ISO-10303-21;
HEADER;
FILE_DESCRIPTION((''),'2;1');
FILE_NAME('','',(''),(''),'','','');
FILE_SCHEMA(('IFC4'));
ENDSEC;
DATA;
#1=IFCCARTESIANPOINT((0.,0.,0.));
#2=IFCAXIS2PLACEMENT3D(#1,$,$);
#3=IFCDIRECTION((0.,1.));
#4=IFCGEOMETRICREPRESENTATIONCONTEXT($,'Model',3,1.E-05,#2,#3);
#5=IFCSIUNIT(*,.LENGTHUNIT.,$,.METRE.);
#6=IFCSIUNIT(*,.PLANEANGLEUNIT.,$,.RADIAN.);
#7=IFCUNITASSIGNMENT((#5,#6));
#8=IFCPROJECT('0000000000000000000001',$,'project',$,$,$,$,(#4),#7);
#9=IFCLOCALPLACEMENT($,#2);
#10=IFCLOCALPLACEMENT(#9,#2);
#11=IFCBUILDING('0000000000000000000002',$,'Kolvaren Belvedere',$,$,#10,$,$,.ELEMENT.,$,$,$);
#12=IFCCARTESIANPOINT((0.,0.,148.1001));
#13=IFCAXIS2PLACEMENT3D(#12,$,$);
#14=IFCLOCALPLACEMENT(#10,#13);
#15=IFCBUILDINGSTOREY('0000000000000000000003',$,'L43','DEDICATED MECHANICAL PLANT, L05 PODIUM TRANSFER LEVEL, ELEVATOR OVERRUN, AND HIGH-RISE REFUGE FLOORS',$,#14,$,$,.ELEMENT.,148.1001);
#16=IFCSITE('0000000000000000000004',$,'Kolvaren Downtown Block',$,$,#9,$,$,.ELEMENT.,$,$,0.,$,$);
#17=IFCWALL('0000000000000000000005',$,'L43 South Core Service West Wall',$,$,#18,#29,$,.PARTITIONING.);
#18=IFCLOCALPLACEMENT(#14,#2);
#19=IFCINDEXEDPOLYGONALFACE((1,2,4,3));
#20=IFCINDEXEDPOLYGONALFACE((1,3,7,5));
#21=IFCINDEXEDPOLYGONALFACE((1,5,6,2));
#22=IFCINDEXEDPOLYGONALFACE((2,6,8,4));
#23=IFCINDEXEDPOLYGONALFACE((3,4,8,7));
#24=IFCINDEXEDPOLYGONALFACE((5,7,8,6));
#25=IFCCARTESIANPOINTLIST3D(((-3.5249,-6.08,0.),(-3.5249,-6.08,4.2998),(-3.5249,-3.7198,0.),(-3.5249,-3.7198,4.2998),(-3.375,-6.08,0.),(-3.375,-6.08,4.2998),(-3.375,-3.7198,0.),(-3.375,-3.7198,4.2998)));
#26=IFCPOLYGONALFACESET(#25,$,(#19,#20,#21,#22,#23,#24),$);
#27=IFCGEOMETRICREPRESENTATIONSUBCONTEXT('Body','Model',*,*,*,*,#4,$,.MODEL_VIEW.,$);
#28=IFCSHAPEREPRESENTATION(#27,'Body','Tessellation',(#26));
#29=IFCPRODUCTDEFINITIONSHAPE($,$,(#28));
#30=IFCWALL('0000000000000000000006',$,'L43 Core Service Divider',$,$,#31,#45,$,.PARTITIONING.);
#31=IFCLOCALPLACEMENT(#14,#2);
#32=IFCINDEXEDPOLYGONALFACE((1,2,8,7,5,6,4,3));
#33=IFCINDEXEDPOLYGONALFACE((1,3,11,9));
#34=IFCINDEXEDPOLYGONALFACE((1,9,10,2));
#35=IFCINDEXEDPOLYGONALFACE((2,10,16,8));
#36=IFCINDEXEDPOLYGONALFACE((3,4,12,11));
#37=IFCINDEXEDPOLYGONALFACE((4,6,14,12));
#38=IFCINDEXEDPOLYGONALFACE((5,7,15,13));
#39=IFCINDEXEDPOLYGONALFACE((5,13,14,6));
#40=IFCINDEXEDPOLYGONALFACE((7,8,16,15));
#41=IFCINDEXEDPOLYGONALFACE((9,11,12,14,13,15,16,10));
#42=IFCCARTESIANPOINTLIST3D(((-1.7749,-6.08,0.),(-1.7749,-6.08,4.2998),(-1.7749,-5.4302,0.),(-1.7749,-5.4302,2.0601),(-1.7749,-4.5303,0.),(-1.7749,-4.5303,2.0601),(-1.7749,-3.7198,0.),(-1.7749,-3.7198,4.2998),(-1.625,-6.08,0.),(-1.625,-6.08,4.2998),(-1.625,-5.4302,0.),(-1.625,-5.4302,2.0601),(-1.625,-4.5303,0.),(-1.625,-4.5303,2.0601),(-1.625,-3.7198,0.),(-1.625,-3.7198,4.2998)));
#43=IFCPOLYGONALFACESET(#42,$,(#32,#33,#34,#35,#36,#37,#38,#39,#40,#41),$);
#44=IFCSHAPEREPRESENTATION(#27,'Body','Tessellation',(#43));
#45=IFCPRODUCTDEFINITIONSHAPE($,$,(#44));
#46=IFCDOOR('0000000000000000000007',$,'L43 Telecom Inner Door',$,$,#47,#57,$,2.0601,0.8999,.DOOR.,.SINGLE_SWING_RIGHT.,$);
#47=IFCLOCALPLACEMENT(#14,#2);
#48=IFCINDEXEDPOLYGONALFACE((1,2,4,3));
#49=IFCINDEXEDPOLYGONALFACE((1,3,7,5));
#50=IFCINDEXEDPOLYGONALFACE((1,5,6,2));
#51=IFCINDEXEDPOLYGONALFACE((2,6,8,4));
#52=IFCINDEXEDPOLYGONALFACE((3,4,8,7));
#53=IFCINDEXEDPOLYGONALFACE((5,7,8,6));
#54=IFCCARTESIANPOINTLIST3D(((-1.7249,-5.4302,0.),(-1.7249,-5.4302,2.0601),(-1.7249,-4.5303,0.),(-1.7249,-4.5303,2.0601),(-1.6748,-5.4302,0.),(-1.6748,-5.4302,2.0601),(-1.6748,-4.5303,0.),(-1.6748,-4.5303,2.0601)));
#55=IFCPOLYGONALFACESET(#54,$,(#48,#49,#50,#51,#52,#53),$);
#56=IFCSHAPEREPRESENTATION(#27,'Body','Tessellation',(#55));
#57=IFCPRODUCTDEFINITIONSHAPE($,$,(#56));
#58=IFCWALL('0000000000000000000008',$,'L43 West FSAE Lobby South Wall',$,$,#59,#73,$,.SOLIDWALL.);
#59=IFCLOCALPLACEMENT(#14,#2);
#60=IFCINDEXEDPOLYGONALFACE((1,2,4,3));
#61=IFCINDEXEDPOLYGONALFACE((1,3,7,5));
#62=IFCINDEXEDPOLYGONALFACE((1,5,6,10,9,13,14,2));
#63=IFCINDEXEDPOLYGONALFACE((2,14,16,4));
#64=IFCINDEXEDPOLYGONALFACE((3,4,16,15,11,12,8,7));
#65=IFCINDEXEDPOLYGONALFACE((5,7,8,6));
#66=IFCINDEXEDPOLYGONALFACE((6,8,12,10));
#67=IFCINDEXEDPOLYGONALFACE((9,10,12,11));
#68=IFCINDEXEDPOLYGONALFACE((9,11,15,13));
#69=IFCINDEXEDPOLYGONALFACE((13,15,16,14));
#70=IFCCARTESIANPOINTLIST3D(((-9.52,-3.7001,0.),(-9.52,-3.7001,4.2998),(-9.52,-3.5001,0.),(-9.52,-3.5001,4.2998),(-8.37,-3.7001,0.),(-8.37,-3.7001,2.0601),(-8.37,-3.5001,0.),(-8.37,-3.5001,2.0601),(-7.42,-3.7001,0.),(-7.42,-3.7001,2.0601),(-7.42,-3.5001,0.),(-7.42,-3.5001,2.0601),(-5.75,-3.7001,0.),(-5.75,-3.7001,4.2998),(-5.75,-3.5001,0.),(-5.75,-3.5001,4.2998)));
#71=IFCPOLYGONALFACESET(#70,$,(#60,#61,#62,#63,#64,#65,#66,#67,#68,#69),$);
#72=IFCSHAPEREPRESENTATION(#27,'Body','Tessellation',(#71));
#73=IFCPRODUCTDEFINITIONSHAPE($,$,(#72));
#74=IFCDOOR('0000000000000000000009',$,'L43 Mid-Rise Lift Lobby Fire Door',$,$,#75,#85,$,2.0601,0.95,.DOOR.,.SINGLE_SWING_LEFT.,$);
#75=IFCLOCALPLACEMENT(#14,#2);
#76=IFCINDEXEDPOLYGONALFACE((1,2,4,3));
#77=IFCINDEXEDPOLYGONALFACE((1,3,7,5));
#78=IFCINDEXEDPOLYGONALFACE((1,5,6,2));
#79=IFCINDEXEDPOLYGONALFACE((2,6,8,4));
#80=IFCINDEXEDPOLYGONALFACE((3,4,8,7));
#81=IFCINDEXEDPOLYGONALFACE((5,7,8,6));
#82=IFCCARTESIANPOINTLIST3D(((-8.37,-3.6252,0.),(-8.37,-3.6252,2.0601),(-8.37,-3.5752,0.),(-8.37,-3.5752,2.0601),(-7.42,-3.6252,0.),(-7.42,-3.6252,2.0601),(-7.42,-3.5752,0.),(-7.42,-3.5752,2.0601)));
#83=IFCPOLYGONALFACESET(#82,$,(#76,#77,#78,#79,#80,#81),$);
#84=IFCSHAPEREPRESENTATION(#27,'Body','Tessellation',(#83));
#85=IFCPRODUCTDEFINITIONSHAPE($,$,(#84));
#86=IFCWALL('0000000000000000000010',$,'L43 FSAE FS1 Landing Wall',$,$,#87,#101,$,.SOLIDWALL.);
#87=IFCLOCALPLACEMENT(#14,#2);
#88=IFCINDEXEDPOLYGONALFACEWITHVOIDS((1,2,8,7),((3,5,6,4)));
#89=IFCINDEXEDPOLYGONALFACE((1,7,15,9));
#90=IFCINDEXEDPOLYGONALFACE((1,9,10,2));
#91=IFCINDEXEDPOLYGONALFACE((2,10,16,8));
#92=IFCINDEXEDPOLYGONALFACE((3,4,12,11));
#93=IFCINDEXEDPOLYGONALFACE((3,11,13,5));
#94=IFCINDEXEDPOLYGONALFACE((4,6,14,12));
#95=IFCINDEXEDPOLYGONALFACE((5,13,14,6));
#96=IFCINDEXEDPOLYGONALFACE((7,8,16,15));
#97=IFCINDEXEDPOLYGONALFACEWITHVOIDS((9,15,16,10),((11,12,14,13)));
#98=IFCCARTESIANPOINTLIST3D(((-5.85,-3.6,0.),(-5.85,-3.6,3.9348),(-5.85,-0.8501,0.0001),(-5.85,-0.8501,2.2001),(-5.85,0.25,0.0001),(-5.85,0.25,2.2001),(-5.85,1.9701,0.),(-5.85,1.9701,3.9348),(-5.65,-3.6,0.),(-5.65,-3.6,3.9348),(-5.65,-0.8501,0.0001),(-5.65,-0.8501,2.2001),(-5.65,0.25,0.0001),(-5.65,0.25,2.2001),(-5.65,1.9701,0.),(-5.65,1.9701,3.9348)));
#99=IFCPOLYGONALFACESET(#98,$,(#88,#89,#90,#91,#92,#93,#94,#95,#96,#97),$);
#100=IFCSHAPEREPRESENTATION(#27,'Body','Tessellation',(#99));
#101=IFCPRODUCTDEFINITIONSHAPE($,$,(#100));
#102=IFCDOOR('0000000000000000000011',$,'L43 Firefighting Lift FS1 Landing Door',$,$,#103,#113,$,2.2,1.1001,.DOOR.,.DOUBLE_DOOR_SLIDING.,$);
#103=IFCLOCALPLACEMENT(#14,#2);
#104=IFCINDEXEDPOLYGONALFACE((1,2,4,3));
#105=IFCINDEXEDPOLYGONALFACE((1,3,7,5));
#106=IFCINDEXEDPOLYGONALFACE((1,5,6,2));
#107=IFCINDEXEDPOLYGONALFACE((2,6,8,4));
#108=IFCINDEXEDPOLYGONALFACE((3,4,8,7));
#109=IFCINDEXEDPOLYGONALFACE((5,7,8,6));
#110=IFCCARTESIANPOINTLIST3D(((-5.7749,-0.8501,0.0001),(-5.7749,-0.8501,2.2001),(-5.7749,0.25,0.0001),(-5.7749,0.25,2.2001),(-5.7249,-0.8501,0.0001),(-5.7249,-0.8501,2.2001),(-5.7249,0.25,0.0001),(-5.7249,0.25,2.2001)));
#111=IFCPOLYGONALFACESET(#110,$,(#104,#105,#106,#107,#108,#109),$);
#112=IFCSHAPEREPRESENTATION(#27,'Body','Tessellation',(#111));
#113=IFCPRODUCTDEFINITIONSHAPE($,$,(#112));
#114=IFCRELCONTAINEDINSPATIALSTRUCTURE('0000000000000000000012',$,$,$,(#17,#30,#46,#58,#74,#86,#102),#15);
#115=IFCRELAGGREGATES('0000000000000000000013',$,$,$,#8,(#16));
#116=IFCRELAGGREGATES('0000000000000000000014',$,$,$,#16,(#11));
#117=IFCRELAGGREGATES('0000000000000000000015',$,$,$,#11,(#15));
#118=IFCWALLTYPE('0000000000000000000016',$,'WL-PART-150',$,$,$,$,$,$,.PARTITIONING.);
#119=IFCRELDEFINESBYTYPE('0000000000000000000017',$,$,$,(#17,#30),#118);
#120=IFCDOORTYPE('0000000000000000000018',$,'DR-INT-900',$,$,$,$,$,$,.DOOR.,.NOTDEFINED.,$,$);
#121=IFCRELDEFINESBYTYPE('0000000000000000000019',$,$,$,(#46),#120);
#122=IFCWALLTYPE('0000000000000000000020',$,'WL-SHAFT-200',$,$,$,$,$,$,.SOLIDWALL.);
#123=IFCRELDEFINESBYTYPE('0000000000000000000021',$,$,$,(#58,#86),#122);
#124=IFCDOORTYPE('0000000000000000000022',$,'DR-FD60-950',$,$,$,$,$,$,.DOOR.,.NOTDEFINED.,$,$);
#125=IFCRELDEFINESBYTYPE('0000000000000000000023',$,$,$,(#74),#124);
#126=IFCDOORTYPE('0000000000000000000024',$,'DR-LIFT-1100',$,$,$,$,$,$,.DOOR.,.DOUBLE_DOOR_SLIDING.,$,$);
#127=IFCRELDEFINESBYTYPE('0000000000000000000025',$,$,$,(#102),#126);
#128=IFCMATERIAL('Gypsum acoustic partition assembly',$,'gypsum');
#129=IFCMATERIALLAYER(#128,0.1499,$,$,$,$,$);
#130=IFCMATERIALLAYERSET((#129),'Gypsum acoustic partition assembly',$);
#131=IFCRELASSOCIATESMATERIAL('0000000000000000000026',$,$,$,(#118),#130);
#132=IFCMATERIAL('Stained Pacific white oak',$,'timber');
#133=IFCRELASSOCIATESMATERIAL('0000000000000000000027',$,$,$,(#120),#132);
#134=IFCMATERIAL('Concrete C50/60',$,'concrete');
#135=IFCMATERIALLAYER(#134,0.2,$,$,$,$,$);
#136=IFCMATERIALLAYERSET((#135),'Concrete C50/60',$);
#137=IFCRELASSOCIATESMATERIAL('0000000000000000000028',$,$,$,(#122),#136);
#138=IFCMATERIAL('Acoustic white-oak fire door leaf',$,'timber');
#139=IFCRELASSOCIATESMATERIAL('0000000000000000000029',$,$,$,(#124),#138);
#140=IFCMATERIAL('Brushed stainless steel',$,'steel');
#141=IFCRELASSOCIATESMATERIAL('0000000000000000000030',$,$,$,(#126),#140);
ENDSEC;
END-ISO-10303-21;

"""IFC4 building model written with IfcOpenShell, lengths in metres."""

from ifc_helpers import new_model, si_unit, direction, frame, frame_2d, origin, place, context, subcontext, project, spatial, rectangle, extrude, material, layer, layer_set, type_object, element, fill, save


model = new_model("IFC4")

# Units and contexts
model_context = context("Model", 3, precision=1e-05, world=origin(), true_north=direction((0.0, 1.0)))
body_context = subcontext(model_context, "Body", "Model", "MODEL_VIEW")
ifc_project = project(units=[si_unit("LENGTHUNIT", "METRE"), si_unit("PLANEANGLEUNIT", "RADIAN")], contexts=[model_context])

# Site, building, storey
site_placement = place(None, origin())
site = spatial("IfcSite", under=ifc_project, at=site_placement, Name="Kolvaren Downtown Block", CompositionType="ELEMENT", RefElevation=0.0)
building_placement = place(site_placement, origin())
building = spatial("IfcBuilding", under=site, at=building_placement, Name="Kolvaren Belvedere", CompositionType="ELEMENT")
storey_placement = place(building_placement, frame((0.0, 0.0, 148.1001)))
storey = spatial("IfcBuildingStorey", under=building, at=storey_placement, Name="L43", Description="DEDICATED MECHANICAL PLANT, L05 PODIUM TRANSFER LEVEL, ELEVATOR OVERRUN, AND HIGH-RISE REFUGE FLOORS", CompositionType="ELEMENT", Elevation=148.1001)

# Wall
ifc_material_1 = material(Name="Gypsum acoustic partition assembly", Category="gypsum")
ifc_layer_1 = layer(ifc_material_1, 0.1499)
ifc_layer_set_1 = layer_set([ifc_layer_1], Name="Gypsum acoustic partition assembly")
wall_type_1 = type_object("IfcWallType", Name="WL-PART-150", PredefinedType="PARTITIONING", material=ifc_layer_set_1)
wall_1_placement = place(storey_placement, frame((-3.45, -6.0801, 0.0), z_axis=(0.0, 0.0, 1.0), x_axis=(0.0, 1.0, 0.0)))
element("IfcWall", 1, at=wall_1_placement, inside=storey, type_object=wall_type_1, Name="L43 South Core Service West Wall", PredefinedType="PARTITIONING", context=body_context, shape_type="SweptSolid", body=[
    extrude(rectangle(XDim=2.3601, YDim=0.1499, at=frame_2d((1.1802, 0.0))), origin(), (0.0, 0.0, 1.0), 4.2998),
])

# Walls, openings, doors
wall_2_placement = place(storey_placement, frame((-1.7, -6.0801, 0.0), z_axis=(0.0, 0.0, 1.0), x_axis=(0.0, 1.0, 0.0)))
wall_2 = element("IfcWall", 2, at=wall_2_placement, inside=storey, type_object=wall_type_1, Name="L43 Core Service Divider", PredefinedType="PARTITIONING", context=body_context, shape_type="SweptSolid", body=[
    extrude(rectangle(XDim=2.3601, YDim=0.1499, at=frame_2d((1.1802, 0.0))), origin(), (0.0, 0.0, 1.0), 4.2998),
])
opening_1_placement = place(wall_2_placement, frame((0.6499, 0.0, 0.0)))
opening_1 = element("IfcOpeningElement", 3, at=opening_1_placement, cuts=wall_2, PredefinedType="OPENING", context=body_context, shape_type="SweptSolid", body=[
    extrude(rectangle(XDim=0.8999, YDim=2.0601, at=frame_2d((0.45, 1.03))), frame((0.0, 0.085, 0.0), z_axis=(0.0, -1.0, 0.0), x_axis=(1.0, 0.0, 0.0)), (0.0, 0.0, 1.0), 0.1699),
])
ifc_material_2 = material(Name="Stained Pacific white oak", Category="timber")
door_type_1 = type_object("IfcDoorType", Name="DR-INT-900", OperationType="NOTDEFINED", PredefinedType="DOOR", material=ifc_material_2)
door_1_placement = place(opening_1_placement, origin())
door_1 = element("IfcDoor", 4, at=door_1_placement, inside=storey, type_object=door_type_1, Name="L43 Telecom Inner Door", OperationType="SINGLE_SWING_RIGHT", OverallHeight=2.0601, OverallWidth=0.8999, PredefinedType="DOOR", context=body_context, shape_type="SweptSolid", body=[
    extrude(rectangle(XDim=0.8999, YDim=2.0601, at=frame_2d((0.45, 1.03))), frame((0.0, 0.0249, 0.0), z_axis=(0.0, -1.0, 0.0), x_axis=(1.0, 0.0, 0.0)), (0.0, 0.0, 1.0), 0.05),
])
fill(opening_1, door_1)
ifc_material_3 = material(Name="Concrete C50/60", Category="concrete")
ifc_layer_2 = layer(ifc_material_3, 0.2)
ifc_layer_set_2 = layer_set([ifc_layer_2], Name="Concrete C50/60")
wall_type_2 = type_object("IfcWallType", Name="WL-SHAFT-200", PredefinedType="SOLIDWALL", material=ifc_layer_set_2)
wall_3_placement = place(storey_placement, frame((-9.52, -3.6001, 0.0), z_axis=(0.0, 0.0, 1.0), x_axis=(1.0, 0.0, 0.0)))
wall_3 = element("IfcWall", 5, at=wall_3_placement, inside=storey, type_object=wall_type_2, Name="L43 West FSAE Lobby South Wall", PredefinedType="SOLIDWALL", context=body_context, shape_type="SweptSolid", body=[
    extrude(rectangle(XDim=3.77, YDim=0.2, at=frame_2d((1.885, 0.0))), origin(), (0.0, 0.0, 1.0), 4.2998),
])
opening_2_placement = place(wall_3_placement, frame((1.1499, 0.0, 0.0)))
opening_2 = element("IfcOpeningElement", 6, at=opening_2_placement, cuts=wall_3, PredefinedType="OPENING", context=body_context, shape_type="SweptSolid", body=[
    extrude(rectangle(XDim=0.95, YDim=2.0601, at=frame_2d((0.4751, 1.03))), frame((0.0, 0.1099, 0.0), z_axis=(0.0, -1.0, 0.0), x_axis=(1.0, 0.0, 0.0)), (0.0, 0.0, 1.0), 0.22),
])
ifc_material_4 = material(Name="Acoustic white-oak fire door leaf", Category="timber")
door_type_2 = type_object("IfcDoorType", Name="DR-FD60-950", OperationType="NOTDEFINED", PredefinedType="DOOR", material=ifc_material_4)
door_2_placement = place(opening_2_placement, origin())
door_2 = element("IfcDoor", 7, at=door_2_placement, inside=storey, type_object=door_type_2, Name="L43 Mid-Rise Lift Lobby Fire Door", OperationType="SINGLE_SWING_LEFT", OverallHeight=2.0601, OverallWidth=0.95, PredefinedType="DOOR", context=body_context, shape_type="SweptSolid", body=[
    extrude(rectangle(XDim=0.95, YDim=2.0601, at=frame_2d((0.4751, 1.03))), frame((0.0, 0.0249, 0.0), z_axis=(0.0, -1.0, 0.0), x_axis=(1.0, 0.0, 0.0)), (0.0, 0.0, 1.0), 0.05),
])
fill(opening_2, door_2)
wall_4_placement = place(storey_placement, frame((-5.75, -3.6001, 0.0), z_axis=(0.0, 0.0, 1.0), x_axis=(0.0, 1.0, 0.0)))
wall_4 = element("IfcWall", 8, at=wall_4_placement, inside=storey, type_object=wall_type_2, Name="L43 FSAE FS1 Landing Wall", PredefinedType="SOLIDWALL", context=body_context, shape_type="SweptSolid", body=[
    extrude(rectangle(XDim=5.5701, YDim=0.2, at=frame_2d((2.7852, 0.0))), origin(), (0.0, 0.0, 1.0), 3.9348),
])
opening_3_placement = place(wall_4_placement, frame((2.75, 0.0, 0.0)))
opening_3 = element("IfcOpeningElement", 9, at=opening_3_placement, cuts=wall_4, PredefinedType="OPENING", context=body_context, shape_type="SweptSolid", body=[
    extrude(rectangle(XDim=1.1001, YDim=2.2, at=frame_2d((0.55, 1.1001))), frame((0.0, 0.1099, 0.0), z_axis=(0.0, -1.0, 0.0), x_axis=(1.0, 0.0, 0.0)), (0.0, 0.0, 1.0), 0.22),
])
ifc_material_5 = material(Name="Brushed stainless steel", Category="steel")
door_type_3 = type_object("IfcDoorType", Name="DR-LIFT-1100", OperationType="DOUBLE_DOOR_SLIDING", PredefinedType="DOOR", material=ifc_material_5)
door_3_placement = place(opening_3_placement, origin())
door_3 = element("IfcDoor", 10, at=door_3_placement, inside=storey, type_object=door_type_3, Name="L43 Firefighting Lift FS1 Landing Door", OperationType="DOUBLE_DOOR_SLIDING", OverallHeight=2.2, OverallWidth=1.1001, PredefinedType="DOOR", context=body_context, shape_type="SweptSolid", body=[
    extrude(rectangle(XDim=1.1001, YDim=2.2, at=frame_2d((0.55, 1.1001))), frame((0.0, 0.0249, 0.0), z_axis=(0.0, -1.0, 0.0), x_axis=(1.0, 0.0, 0.0)), (0.0, 0.0, 1.0), 0.05),
])
fill(opening_3, door_3)

save(model, "model.ifc")
